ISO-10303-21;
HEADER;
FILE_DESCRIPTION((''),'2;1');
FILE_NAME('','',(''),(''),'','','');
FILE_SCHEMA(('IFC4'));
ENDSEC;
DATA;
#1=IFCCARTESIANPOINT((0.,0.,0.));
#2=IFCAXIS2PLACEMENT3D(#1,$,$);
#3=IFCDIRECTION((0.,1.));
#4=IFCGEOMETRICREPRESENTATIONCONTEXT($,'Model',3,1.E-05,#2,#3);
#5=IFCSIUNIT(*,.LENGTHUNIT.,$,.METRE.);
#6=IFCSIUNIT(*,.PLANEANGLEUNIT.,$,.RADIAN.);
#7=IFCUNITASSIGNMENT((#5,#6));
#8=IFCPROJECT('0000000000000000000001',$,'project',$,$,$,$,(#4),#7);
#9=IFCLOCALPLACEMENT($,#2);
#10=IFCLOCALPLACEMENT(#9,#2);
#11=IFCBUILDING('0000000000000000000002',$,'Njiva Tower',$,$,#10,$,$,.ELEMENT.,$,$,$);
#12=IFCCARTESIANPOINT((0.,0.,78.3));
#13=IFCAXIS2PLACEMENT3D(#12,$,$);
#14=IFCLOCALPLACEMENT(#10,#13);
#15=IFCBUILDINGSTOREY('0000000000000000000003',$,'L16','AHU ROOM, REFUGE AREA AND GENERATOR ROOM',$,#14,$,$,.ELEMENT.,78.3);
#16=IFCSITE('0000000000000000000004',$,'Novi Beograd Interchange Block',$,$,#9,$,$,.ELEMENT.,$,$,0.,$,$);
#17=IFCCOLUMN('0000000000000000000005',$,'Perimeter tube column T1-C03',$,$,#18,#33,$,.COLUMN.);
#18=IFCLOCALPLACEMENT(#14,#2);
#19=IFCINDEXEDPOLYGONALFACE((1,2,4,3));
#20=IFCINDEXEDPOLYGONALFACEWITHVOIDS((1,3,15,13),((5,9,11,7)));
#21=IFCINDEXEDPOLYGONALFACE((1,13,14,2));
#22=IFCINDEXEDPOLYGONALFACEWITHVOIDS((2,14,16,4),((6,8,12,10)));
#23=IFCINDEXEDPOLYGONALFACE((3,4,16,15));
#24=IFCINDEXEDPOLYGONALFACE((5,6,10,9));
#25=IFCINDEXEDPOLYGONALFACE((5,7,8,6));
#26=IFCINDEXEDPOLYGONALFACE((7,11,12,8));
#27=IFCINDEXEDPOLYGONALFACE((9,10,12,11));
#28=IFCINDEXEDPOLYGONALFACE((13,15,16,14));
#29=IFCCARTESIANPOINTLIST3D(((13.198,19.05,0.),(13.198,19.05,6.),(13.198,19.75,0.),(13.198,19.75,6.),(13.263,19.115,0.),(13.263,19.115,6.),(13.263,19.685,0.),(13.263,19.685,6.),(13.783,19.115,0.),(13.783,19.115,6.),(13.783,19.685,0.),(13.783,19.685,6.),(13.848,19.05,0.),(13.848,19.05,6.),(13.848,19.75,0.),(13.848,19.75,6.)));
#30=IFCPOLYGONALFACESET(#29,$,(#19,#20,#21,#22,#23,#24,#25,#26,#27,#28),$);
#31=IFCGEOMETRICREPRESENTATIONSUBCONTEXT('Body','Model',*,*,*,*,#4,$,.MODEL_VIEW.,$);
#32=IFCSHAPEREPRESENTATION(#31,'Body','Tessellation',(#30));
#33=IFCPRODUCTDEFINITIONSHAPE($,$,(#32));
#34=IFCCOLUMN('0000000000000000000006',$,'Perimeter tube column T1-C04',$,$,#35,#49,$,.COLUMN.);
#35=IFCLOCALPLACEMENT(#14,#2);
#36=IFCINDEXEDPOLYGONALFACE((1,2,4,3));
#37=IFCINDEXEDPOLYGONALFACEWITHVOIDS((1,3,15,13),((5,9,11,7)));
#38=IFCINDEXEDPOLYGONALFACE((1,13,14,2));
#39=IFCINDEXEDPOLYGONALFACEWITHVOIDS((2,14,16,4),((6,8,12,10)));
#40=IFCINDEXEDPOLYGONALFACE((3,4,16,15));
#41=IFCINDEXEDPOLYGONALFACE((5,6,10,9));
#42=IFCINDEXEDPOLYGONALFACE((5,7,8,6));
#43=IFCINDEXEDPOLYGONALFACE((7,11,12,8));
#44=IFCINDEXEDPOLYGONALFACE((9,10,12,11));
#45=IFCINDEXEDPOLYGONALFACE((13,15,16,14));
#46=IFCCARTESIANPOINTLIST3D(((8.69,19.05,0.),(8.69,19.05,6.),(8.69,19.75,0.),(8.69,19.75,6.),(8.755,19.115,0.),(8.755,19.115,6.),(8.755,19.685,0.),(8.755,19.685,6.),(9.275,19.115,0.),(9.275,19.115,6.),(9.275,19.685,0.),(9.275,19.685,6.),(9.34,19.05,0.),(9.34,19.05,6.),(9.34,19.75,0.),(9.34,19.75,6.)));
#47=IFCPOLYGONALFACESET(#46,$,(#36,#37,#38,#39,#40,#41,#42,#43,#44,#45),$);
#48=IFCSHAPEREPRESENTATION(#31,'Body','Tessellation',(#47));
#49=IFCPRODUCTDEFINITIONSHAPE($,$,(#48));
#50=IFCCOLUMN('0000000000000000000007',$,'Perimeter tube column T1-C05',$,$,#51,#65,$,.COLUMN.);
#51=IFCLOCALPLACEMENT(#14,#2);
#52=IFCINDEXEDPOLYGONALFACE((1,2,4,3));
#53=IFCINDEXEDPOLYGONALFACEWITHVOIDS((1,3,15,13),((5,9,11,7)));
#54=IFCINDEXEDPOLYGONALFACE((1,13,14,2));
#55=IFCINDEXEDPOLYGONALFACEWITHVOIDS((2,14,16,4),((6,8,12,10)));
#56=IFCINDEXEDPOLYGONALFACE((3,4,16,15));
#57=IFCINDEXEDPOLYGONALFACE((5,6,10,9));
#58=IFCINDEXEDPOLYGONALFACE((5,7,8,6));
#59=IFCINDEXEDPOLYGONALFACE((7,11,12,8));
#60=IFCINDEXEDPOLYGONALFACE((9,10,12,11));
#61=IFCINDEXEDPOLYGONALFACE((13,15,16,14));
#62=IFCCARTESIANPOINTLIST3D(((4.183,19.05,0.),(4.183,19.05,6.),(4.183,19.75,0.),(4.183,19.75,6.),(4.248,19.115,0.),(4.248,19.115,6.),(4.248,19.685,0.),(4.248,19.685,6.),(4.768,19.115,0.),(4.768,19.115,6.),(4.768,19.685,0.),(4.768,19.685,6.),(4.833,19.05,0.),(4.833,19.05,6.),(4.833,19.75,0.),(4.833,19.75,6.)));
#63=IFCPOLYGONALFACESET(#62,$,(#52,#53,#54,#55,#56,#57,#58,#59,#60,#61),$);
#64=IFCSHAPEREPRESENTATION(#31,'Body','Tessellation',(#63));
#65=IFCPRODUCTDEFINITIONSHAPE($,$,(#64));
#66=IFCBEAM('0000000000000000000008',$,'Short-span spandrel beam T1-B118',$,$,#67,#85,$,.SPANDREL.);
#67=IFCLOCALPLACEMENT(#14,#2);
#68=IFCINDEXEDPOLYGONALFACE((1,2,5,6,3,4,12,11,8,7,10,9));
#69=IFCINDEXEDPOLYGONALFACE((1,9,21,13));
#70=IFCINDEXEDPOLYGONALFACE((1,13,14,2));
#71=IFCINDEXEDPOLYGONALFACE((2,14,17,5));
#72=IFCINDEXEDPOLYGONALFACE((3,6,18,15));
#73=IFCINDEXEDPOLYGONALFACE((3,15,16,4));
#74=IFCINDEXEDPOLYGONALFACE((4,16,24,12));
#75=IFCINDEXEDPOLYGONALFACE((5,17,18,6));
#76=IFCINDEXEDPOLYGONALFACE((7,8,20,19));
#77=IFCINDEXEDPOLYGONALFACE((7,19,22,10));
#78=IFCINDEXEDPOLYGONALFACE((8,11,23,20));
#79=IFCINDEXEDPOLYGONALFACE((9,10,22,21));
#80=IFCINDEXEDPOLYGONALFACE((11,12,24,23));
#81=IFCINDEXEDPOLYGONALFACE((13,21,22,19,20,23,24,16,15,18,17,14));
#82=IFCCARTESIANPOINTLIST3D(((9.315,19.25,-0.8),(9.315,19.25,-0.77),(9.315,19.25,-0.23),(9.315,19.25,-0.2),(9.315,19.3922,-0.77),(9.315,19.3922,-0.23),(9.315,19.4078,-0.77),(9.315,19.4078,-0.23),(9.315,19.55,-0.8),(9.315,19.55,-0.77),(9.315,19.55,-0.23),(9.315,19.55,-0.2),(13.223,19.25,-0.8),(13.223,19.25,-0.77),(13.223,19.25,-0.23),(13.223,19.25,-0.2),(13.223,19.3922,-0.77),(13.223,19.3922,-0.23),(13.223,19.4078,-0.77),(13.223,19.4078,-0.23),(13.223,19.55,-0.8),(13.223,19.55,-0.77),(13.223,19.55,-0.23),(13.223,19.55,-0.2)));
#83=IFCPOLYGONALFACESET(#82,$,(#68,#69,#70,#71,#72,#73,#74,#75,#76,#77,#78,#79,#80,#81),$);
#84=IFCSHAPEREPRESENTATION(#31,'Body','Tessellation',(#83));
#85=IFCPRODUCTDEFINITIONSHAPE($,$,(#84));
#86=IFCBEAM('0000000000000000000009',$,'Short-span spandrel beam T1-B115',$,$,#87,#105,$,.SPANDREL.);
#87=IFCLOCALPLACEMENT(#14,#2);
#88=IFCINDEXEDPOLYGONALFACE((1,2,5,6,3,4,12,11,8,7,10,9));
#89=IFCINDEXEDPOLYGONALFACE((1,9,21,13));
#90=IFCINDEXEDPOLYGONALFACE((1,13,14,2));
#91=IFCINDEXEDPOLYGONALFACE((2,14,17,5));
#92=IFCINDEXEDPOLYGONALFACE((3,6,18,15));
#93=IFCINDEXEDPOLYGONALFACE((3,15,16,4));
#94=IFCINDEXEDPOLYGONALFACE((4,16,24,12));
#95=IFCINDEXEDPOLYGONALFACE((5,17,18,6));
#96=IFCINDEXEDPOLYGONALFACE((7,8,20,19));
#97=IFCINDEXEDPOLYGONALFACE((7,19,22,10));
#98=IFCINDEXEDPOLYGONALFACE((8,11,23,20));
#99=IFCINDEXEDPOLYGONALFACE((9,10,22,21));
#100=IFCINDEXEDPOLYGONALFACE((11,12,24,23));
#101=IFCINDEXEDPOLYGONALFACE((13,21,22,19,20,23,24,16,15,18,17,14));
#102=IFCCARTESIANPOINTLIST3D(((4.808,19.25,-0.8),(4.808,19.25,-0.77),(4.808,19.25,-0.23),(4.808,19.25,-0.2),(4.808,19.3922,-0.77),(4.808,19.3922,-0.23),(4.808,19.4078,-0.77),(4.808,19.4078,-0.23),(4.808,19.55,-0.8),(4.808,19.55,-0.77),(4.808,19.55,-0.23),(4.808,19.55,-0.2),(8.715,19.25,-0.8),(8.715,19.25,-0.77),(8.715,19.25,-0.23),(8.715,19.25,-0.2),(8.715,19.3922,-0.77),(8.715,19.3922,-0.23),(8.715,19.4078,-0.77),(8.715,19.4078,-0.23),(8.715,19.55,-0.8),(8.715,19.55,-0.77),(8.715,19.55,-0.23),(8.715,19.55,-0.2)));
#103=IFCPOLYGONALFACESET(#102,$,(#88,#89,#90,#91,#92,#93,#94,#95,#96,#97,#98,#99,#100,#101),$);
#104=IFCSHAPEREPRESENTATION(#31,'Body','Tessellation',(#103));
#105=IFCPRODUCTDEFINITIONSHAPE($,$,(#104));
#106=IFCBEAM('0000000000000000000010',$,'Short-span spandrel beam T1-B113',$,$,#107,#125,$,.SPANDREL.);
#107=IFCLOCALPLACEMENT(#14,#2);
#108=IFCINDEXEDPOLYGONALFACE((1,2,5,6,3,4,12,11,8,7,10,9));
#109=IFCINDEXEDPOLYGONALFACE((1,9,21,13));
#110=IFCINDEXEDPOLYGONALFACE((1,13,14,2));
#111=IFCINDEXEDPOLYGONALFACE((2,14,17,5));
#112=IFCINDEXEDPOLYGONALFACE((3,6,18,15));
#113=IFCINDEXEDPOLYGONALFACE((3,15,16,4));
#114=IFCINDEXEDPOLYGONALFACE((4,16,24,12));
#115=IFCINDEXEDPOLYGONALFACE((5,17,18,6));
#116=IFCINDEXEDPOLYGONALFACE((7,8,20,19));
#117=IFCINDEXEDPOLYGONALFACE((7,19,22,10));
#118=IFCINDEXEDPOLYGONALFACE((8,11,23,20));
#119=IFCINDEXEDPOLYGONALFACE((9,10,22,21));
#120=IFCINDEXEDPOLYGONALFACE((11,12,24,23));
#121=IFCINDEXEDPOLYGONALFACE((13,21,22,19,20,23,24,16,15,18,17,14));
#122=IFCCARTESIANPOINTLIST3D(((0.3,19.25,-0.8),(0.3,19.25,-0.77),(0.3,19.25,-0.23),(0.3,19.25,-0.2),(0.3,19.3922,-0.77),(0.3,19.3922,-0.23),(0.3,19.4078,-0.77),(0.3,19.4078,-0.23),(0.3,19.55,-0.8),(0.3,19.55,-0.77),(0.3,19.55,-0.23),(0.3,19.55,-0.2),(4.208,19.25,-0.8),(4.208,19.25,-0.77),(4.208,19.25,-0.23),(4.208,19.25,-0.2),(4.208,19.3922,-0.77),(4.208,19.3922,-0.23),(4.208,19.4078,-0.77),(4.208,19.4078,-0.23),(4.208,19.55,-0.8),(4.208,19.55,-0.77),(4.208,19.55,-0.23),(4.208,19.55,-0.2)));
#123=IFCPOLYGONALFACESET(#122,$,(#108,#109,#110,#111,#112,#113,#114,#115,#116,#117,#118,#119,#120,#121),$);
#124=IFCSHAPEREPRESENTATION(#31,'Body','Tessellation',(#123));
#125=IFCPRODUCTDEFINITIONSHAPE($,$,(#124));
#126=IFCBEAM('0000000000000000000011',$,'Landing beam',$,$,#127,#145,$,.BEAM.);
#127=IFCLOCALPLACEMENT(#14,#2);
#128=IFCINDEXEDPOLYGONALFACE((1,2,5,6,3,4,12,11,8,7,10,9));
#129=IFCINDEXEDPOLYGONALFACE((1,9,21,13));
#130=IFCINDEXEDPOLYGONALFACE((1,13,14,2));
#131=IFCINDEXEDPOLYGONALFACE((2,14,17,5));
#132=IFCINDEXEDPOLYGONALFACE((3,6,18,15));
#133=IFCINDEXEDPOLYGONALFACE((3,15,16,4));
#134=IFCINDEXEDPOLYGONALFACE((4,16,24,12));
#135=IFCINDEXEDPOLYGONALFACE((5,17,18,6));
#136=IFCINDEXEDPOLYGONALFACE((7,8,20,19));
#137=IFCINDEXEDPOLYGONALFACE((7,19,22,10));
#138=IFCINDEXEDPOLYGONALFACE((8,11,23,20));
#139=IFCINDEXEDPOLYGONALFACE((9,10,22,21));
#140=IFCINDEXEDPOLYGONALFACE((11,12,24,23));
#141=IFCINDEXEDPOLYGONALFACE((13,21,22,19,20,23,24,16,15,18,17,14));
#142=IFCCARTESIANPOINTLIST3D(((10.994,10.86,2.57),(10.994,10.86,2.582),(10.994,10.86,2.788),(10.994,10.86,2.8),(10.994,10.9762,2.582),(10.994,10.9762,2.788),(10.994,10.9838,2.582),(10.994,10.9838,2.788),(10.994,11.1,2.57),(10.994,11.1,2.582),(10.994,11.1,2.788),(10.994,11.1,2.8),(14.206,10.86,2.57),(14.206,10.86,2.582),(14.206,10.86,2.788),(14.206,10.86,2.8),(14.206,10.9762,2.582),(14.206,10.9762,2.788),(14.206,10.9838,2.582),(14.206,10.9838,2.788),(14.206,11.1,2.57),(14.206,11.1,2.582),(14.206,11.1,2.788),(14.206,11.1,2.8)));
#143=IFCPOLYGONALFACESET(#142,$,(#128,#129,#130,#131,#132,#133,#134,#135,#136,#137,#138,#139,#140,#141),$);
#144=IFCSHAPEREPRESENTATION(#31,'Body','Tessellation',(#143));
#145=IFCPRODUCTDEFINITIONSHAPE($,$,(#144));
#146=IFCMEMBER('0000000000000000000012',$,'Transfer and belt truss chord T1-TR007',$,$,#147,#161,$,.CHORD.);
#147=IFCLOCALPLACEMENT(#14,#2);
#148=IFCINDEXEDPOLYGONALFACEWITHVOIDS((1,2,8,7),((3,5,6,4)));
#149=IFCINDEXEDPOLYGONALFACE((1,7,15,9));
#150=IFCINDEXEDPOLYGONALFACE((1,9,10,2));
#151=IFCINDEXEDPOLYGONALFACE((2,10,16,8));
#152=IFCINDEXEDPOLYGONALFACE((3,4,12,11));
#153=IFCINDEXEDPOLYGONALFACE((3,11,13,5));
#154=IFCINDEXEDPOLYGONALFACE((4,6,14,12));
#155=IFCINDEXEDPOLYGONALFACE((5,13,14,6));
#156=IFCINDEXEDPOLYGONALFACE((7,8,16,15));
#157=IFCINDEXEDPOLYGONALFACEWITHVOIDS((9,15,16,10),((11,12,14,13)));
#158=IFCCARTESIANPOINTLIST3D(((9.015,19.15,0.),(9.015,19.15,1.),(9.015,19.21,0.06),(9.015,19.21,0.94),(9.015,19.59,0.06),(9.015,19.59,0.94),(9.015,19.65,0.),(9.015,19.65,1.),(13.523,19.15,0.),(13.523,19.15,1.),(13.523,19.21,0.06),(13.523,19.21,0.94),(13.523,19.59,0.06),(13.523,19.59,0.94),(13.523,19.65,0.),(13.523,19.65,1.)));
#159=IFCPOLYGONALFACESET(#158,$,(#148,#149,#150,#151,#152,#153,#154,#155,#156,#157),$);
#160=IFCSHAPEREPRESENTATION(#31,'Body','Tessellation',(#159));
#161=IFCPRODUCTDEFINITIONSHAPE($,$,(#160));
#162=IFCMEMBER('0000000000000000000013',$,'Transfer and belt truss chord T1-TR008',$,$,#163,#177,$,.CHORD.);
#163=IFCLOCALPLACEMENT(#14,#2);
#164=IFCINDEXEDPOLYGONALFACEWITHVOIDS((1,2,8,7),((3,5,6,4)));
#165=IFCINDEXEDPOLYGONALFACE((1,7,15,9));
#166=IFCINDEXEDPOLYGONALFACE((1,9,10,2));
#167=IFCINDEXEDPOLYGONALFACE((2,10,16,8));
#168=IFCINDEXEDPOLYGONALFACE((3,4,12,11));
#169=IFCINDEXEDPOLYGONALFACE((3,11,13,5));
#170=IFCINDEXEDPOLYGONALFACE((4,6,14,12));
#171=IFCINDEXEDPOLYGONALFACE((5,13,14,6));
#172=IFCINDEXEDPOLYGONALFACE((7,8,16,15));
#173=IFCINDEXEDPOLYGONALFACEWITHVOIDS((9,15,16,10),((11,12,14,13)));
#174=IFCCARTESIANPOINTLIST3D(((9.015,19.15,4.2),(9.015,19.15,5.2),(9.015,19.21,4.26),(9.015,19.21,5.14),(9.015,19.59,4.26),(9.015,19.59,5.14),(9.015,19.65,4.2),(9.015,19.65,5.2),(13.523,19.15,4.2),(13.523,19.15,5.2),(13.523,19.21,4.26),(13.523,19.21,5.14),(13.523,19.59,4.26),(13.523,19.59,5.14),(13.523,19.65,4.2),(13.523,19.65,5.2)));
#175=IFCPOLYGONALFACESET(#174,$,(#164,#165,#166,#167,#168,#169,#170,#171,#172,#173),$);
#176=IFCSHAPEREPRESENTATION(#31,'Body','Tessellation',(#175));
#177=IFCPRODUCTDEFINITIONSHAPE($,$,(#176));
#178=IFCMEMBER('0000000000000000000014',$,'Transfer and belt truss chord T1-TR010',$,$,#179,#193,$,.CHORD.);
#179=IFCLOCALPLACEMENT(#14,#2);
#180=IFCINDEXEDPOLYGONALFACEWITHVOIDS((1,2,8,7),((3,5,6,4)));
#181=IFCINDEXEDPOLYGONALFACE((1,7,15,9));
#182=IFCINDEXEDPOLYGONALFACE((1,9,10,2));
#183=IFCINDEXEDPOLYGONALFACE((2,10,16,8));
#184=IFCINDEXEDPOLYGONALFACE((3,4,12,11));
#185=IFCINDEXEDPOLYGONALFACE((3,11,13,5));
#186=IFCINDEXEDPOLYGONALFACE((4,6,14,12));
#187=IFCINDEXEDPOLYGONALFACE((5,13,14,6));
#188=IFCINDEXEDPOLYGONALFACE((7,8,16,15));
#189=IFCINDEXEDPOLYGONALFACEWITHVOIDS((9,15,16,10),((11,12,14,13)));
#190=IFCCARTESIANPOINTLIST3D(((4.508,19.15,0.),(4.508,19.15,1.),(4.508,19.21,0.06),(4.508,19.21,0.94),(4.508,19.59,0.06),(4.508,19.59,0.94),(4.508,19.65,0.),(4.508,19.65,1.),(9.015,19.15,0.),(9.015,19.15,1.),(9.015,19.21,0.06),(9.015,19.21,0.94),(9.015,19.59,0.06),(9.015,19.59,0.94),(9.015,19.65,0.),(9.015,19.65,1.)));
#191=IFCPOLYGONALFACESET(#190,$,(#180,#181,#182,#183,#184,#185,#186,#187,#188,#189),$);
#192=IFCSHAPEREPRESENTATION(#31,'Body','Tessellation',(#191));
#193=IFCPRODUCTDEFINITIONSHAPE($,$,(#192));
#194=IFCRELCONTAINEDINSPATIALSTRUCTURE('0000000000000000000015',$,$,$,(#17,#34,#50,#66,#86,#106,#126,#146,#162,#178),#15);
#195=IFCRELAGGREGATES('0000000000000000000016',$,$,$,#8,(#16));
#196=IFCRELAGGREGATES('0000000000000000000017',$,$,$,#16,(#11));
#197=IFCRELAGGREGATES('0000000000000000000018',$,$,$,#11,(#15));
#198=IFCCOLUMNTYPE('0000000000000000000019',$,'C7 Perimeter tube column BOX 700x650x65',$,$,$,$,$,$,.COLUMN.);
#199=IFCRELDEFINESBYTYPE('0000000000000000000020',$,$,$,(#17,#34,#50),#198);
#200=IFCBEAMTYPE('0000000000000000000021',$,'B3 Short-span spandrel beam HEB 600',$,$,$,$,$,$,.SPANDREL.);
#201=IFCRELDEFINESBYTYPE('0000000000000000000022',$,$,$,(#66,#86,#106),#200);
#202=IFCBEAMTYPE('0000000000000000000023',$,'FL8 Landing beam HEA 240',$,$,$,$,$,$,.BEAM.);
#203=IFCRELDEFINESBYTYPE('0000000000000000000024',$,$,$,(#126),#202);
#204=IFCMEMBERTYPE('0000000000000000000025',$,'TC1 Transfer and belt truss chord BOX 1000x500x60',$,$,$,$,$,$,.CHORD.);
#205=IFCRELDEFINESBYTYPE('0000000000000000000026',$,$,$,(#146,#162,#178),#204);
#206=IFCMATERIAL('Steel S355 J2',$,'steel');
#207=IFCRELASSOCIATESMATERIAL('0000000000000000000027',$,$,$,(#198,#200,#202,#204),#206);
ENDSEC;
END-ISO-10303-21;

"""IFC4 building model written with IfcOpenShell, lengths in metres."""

from ifc_helpers import new_model, si_unit, direction, frame, origin, origin_2d, place, context, subcontext, project, spatial, hollow_rectangle, i_section, extrude, material, material_profile, profile_set, type_object, element, save


model = new_model("IFC4")

# Units and contexts
model_context = context("Model", 3, precision=1e-05, world=origin(), true_north=direction((0.0, 1.0)))
body_context = subcontext(model_context, "Body", "Model", "MODEL_VIEW")
ifc_project = project(units=[si_unit("LENGTHUNIT", "METRE"), si_unit("PLANEANGLEUNIT", "RADIAN")], contexts=[model_context])

# Site, building, storey
site_placement = place(None, origin())
site = spatial("IfcSite", under=ifc_project, at=site_placement, Name="Novi Beograd Interchange Block", CompositionType="ELEMENT", RefElevation=0.0)
building_placement = place(site_placement, origin())
building = spatial("IfcBuilding", under=site, at=building_placement, Name="Njiva Tower", CompositionType="ELEMENT")
storey_placement = place(building_placement, frame((0.0, 0.0, 78.3)))
storey = spatial("IfcBuildingStorey", under=building, at=storey_placement, Name="L16", Description="AHU ROOM, REFUGE AREA AND GENERATOR ROOM", CompositionType="ELEMENT", Elevation=78.3)

# Columns
ifc_material_1 = material(Name="Steel S355 J2", Category="steel")
ifc_material_profile_1 = material_profile(ifc_material_1, hollow_rectangle(XDim=0.65, YDim=0.7, WallThickness=0.065, at=origin_2d()), Name="BOX 700x650x65")
ifc_profile_set_1 = profile_set([ifc_material_profile_1], Name="Steel S355 J2")
column_type = type_object("IfcColumnType", Name="C7 Perimeter tube column BOX 700x650x65", PredefinedType="COLUMN", material=ifc_profile_set_1)
for number, where, z_axis, x_axis, name in (
    (1, (13.523, 19.4, 0.0), (0.0, 0.0, 1.0), (-1.0, 0.0, 0.0), "Perimeter tube column T1-C03"),
    (2, (9.015, 19.4, 0.0), (0.0, 0.0, 1.0), (-1.0, 0.0, 0.0), "Perimeter tube column T1-C04"),
    (3, (4.508, 19.4, 0.0), (0.0, 0.0, 1.0), (-1.0, 0.0, 0.0), "Perimeter tube column T1-C05"),
):
    element("IfcColumn", number, at=place(storey_placement, frame(where, z_axis=z_axis, x_axis=x_axis)), inside=storey, type_object=column_type, Name=name, PredefinedType="COLUMN", context=body_context, shape_type="SweptSolid", body=[
        extrude(hollow_rectangle(XDim=0.65, YDim=0.7, WallThickness=0.065, at=origin_2d()), origin(), (0.0, 0.0, 1.0), 6.0),
    ])

# Beams
ifc_material_profile_2 = material_profile(ifc_material_1, i_section(OverallWidth=0.3, OverallDepth=0.6, WebThickness=0.0155, FlangeThickness=0.03, at=origin_2d()), Name="HEB 600")
ifc_profile_set_2 = profile_set([ifc_material_profile_2], Name="Steel S355 J2")
beam_type_1 = type_object("IfcBeamType", Name="B3 Short-span spandrel beam HEB 600", PredefinedType="SPANDREL", material=ifc_profile_set_2)
beam_1_placement = place(storey_placement, frame((13.223, 19.4, -0.5), z_axis=(-1.0, 0.0, 0.0), x_axis=(0.0, -1.0, 0.0)))
element("IfcBeam", 4, at=beam_1_placement, inside=storey, type_object=beam_type_1, Name="Short-span spandrel beam T1-B118", PredefinedType="SPANDREL", context=body_context, shape_type="SweptSolid", body=[
    extrude(i_section(OverallWidth=0.3, OverallDepth=0.6, WebThickness=0.0155, FlangeThickness=0.03, at=origin_2d()), origin(), (0.0, 0.0, 1.0), 3.908),
])
beam_2_placement = place(storey_placement, frame((8.715, 19.4, -0.5), z_axis=(-1.0, 0.0, 0.0), x_axis=(0.0, -1.0, 0.0)))
element("IfcBeam", 5, at=beam_2_placement, inside=storey, type_object=beam_type_1, Name="Short-span spandrel beam T1-B115", PredefinedType="SPANDREL", context=body_context, shape_type="SweptSolid", body=[
    extrude(i_section(OverallWidth=0.3, OverallDepth=0.6, WebThickness=0.0155, FlangeThickness=0.03, at=origin_2d()), origin(), (0.0, 0.0, 1.0), 3.907),
])
beam_3_placement = place(storey_placement, frame((4.208, 19.4, -0.5), z_axis=(-1.0, 0.0, 0.0), x_axis=(0.0, -1.0, 0.0)))
element("IfcBeam", 6, at=beam_3_placement, inside=storey, type_object=beam_type_1, Name="Short-span spandrel beam T1-B113", PredefinedType="SPANDREL", context=body_context, shape_type="SweptSolid", body=[
    extrude(i_section(OverallWidth=0.3, OverallDepth=0.6, WebThickness=0.0155, FlangeThickness=0.03, at=origin_2d()), origin(), (0.0, 0.0, 1.0), 3.908),
])
ifc_material_profile_3 = material_profile(ifc_material_1, i_section(OverallWidth=0.24, OverallDepth=0.23, WebThickness=0.0075, FlangeThickness=0.012, at=origin_2d()), Name="HEA240")
ifc_profile_set_3 = profile_set([ifc_material_profile_3], Name="Steel S355 J2")
beam_type_2 = type_object("IfcBeamType", Name="FL8 Landing beam HEA 240", PredefinedType="BEAM", material=ifc_profile_set_3)
beam_4_placement = place(storey_placement, frame((10.994, 10.98, 2.685), z_axis=(1.0, 0.0, 0.0), x_axis=(0.0, 1.0, 0.0)))
element("IfcBeam", 7, at=beam_4_placement, inside=storey, type_object=beam_type_2, Name="Landing beam", PredefinedType="BEAM", context=body_context, shape_type="SweptSolid", body=[
    extrude(i_section(OverallWidth=0.24, OverallDepth=0.23, WebThickness=0.0075, FlangeThickness=0.012, at=origin_2d()), origin(), (0.0, 0.0, 1.0), 3.212),
])

# Members
ifc_material_profile_4 = material_profile(ifc_material_1, hollow_rectangle(XDim=0.5, YDim=1.0, WallThickness=0.06, at=origin_2d()), Name="BOX 1000x500x60")
ifc_profile_set_4 = profile_set([ifc_material_profile_4], Name="Steel S355 J2")
member_type_1 = type_object("IfcMemberType", Name="TC1 Transfer and belt truss chord BOX 1000x500x60", PredefinedType="CHORD", material=ifc_profile_set_4)
for number, where, z_axis, x_axis, name in (
    (8, (13.523, 19.4, 0.5), (-1.0, 0.0, 0.0), (0.0, -1.0, 0.0), "Transfer and belt truss chord T1-TR007"),
    (9, (13.523, 19.4, 4.7), (-1.0, 0.0, 0.0), (0.0, -1.0, 0.0), "Transfer and belt truss chord T1-TR008"),
):
    element("IfcMember", number, at=place(storey_placement, frame(where, z_axis=z_axis, x_axis=x_axis)), inside=storey, type_object=member_type_1, Name=name, PredefinedType="CHORD", context=body_context, shape_type="SweptSolid", body=[
        extrude(hollow_rectangle(XDim=0.5, YDim=1.0, WallThickness=0.06, at=origin_2d()), origin(), (0.0, 0.0, 1.0), 4.508),
    ])
for number, where, z_axis, x_axis, name in (
    (10, (9.015, 19.4, 0.5), (-1.0, 0.0, 0.0), (0.0, -1.0, 0.0), "Transfer and belt truss chord T1-TR010"),
):
    element("IfcMember", number, at=place(storey_placement, frame(where, z_axis=z_axis, x_axis=x_axis)), inside=storey, type_object=member_type_1, Name=name, PredefinedType="CHORD", context=body_context, shape_type="SweptSolid", body=[
        extrude(hollow_rectangle(XDim=0.5, YDim=1.0, WallThickness=0.06, at=origin_2d()), origin(), (0.0, 0.0, 1.0), 4.507),
    ])

save(model, "model.ifc")
